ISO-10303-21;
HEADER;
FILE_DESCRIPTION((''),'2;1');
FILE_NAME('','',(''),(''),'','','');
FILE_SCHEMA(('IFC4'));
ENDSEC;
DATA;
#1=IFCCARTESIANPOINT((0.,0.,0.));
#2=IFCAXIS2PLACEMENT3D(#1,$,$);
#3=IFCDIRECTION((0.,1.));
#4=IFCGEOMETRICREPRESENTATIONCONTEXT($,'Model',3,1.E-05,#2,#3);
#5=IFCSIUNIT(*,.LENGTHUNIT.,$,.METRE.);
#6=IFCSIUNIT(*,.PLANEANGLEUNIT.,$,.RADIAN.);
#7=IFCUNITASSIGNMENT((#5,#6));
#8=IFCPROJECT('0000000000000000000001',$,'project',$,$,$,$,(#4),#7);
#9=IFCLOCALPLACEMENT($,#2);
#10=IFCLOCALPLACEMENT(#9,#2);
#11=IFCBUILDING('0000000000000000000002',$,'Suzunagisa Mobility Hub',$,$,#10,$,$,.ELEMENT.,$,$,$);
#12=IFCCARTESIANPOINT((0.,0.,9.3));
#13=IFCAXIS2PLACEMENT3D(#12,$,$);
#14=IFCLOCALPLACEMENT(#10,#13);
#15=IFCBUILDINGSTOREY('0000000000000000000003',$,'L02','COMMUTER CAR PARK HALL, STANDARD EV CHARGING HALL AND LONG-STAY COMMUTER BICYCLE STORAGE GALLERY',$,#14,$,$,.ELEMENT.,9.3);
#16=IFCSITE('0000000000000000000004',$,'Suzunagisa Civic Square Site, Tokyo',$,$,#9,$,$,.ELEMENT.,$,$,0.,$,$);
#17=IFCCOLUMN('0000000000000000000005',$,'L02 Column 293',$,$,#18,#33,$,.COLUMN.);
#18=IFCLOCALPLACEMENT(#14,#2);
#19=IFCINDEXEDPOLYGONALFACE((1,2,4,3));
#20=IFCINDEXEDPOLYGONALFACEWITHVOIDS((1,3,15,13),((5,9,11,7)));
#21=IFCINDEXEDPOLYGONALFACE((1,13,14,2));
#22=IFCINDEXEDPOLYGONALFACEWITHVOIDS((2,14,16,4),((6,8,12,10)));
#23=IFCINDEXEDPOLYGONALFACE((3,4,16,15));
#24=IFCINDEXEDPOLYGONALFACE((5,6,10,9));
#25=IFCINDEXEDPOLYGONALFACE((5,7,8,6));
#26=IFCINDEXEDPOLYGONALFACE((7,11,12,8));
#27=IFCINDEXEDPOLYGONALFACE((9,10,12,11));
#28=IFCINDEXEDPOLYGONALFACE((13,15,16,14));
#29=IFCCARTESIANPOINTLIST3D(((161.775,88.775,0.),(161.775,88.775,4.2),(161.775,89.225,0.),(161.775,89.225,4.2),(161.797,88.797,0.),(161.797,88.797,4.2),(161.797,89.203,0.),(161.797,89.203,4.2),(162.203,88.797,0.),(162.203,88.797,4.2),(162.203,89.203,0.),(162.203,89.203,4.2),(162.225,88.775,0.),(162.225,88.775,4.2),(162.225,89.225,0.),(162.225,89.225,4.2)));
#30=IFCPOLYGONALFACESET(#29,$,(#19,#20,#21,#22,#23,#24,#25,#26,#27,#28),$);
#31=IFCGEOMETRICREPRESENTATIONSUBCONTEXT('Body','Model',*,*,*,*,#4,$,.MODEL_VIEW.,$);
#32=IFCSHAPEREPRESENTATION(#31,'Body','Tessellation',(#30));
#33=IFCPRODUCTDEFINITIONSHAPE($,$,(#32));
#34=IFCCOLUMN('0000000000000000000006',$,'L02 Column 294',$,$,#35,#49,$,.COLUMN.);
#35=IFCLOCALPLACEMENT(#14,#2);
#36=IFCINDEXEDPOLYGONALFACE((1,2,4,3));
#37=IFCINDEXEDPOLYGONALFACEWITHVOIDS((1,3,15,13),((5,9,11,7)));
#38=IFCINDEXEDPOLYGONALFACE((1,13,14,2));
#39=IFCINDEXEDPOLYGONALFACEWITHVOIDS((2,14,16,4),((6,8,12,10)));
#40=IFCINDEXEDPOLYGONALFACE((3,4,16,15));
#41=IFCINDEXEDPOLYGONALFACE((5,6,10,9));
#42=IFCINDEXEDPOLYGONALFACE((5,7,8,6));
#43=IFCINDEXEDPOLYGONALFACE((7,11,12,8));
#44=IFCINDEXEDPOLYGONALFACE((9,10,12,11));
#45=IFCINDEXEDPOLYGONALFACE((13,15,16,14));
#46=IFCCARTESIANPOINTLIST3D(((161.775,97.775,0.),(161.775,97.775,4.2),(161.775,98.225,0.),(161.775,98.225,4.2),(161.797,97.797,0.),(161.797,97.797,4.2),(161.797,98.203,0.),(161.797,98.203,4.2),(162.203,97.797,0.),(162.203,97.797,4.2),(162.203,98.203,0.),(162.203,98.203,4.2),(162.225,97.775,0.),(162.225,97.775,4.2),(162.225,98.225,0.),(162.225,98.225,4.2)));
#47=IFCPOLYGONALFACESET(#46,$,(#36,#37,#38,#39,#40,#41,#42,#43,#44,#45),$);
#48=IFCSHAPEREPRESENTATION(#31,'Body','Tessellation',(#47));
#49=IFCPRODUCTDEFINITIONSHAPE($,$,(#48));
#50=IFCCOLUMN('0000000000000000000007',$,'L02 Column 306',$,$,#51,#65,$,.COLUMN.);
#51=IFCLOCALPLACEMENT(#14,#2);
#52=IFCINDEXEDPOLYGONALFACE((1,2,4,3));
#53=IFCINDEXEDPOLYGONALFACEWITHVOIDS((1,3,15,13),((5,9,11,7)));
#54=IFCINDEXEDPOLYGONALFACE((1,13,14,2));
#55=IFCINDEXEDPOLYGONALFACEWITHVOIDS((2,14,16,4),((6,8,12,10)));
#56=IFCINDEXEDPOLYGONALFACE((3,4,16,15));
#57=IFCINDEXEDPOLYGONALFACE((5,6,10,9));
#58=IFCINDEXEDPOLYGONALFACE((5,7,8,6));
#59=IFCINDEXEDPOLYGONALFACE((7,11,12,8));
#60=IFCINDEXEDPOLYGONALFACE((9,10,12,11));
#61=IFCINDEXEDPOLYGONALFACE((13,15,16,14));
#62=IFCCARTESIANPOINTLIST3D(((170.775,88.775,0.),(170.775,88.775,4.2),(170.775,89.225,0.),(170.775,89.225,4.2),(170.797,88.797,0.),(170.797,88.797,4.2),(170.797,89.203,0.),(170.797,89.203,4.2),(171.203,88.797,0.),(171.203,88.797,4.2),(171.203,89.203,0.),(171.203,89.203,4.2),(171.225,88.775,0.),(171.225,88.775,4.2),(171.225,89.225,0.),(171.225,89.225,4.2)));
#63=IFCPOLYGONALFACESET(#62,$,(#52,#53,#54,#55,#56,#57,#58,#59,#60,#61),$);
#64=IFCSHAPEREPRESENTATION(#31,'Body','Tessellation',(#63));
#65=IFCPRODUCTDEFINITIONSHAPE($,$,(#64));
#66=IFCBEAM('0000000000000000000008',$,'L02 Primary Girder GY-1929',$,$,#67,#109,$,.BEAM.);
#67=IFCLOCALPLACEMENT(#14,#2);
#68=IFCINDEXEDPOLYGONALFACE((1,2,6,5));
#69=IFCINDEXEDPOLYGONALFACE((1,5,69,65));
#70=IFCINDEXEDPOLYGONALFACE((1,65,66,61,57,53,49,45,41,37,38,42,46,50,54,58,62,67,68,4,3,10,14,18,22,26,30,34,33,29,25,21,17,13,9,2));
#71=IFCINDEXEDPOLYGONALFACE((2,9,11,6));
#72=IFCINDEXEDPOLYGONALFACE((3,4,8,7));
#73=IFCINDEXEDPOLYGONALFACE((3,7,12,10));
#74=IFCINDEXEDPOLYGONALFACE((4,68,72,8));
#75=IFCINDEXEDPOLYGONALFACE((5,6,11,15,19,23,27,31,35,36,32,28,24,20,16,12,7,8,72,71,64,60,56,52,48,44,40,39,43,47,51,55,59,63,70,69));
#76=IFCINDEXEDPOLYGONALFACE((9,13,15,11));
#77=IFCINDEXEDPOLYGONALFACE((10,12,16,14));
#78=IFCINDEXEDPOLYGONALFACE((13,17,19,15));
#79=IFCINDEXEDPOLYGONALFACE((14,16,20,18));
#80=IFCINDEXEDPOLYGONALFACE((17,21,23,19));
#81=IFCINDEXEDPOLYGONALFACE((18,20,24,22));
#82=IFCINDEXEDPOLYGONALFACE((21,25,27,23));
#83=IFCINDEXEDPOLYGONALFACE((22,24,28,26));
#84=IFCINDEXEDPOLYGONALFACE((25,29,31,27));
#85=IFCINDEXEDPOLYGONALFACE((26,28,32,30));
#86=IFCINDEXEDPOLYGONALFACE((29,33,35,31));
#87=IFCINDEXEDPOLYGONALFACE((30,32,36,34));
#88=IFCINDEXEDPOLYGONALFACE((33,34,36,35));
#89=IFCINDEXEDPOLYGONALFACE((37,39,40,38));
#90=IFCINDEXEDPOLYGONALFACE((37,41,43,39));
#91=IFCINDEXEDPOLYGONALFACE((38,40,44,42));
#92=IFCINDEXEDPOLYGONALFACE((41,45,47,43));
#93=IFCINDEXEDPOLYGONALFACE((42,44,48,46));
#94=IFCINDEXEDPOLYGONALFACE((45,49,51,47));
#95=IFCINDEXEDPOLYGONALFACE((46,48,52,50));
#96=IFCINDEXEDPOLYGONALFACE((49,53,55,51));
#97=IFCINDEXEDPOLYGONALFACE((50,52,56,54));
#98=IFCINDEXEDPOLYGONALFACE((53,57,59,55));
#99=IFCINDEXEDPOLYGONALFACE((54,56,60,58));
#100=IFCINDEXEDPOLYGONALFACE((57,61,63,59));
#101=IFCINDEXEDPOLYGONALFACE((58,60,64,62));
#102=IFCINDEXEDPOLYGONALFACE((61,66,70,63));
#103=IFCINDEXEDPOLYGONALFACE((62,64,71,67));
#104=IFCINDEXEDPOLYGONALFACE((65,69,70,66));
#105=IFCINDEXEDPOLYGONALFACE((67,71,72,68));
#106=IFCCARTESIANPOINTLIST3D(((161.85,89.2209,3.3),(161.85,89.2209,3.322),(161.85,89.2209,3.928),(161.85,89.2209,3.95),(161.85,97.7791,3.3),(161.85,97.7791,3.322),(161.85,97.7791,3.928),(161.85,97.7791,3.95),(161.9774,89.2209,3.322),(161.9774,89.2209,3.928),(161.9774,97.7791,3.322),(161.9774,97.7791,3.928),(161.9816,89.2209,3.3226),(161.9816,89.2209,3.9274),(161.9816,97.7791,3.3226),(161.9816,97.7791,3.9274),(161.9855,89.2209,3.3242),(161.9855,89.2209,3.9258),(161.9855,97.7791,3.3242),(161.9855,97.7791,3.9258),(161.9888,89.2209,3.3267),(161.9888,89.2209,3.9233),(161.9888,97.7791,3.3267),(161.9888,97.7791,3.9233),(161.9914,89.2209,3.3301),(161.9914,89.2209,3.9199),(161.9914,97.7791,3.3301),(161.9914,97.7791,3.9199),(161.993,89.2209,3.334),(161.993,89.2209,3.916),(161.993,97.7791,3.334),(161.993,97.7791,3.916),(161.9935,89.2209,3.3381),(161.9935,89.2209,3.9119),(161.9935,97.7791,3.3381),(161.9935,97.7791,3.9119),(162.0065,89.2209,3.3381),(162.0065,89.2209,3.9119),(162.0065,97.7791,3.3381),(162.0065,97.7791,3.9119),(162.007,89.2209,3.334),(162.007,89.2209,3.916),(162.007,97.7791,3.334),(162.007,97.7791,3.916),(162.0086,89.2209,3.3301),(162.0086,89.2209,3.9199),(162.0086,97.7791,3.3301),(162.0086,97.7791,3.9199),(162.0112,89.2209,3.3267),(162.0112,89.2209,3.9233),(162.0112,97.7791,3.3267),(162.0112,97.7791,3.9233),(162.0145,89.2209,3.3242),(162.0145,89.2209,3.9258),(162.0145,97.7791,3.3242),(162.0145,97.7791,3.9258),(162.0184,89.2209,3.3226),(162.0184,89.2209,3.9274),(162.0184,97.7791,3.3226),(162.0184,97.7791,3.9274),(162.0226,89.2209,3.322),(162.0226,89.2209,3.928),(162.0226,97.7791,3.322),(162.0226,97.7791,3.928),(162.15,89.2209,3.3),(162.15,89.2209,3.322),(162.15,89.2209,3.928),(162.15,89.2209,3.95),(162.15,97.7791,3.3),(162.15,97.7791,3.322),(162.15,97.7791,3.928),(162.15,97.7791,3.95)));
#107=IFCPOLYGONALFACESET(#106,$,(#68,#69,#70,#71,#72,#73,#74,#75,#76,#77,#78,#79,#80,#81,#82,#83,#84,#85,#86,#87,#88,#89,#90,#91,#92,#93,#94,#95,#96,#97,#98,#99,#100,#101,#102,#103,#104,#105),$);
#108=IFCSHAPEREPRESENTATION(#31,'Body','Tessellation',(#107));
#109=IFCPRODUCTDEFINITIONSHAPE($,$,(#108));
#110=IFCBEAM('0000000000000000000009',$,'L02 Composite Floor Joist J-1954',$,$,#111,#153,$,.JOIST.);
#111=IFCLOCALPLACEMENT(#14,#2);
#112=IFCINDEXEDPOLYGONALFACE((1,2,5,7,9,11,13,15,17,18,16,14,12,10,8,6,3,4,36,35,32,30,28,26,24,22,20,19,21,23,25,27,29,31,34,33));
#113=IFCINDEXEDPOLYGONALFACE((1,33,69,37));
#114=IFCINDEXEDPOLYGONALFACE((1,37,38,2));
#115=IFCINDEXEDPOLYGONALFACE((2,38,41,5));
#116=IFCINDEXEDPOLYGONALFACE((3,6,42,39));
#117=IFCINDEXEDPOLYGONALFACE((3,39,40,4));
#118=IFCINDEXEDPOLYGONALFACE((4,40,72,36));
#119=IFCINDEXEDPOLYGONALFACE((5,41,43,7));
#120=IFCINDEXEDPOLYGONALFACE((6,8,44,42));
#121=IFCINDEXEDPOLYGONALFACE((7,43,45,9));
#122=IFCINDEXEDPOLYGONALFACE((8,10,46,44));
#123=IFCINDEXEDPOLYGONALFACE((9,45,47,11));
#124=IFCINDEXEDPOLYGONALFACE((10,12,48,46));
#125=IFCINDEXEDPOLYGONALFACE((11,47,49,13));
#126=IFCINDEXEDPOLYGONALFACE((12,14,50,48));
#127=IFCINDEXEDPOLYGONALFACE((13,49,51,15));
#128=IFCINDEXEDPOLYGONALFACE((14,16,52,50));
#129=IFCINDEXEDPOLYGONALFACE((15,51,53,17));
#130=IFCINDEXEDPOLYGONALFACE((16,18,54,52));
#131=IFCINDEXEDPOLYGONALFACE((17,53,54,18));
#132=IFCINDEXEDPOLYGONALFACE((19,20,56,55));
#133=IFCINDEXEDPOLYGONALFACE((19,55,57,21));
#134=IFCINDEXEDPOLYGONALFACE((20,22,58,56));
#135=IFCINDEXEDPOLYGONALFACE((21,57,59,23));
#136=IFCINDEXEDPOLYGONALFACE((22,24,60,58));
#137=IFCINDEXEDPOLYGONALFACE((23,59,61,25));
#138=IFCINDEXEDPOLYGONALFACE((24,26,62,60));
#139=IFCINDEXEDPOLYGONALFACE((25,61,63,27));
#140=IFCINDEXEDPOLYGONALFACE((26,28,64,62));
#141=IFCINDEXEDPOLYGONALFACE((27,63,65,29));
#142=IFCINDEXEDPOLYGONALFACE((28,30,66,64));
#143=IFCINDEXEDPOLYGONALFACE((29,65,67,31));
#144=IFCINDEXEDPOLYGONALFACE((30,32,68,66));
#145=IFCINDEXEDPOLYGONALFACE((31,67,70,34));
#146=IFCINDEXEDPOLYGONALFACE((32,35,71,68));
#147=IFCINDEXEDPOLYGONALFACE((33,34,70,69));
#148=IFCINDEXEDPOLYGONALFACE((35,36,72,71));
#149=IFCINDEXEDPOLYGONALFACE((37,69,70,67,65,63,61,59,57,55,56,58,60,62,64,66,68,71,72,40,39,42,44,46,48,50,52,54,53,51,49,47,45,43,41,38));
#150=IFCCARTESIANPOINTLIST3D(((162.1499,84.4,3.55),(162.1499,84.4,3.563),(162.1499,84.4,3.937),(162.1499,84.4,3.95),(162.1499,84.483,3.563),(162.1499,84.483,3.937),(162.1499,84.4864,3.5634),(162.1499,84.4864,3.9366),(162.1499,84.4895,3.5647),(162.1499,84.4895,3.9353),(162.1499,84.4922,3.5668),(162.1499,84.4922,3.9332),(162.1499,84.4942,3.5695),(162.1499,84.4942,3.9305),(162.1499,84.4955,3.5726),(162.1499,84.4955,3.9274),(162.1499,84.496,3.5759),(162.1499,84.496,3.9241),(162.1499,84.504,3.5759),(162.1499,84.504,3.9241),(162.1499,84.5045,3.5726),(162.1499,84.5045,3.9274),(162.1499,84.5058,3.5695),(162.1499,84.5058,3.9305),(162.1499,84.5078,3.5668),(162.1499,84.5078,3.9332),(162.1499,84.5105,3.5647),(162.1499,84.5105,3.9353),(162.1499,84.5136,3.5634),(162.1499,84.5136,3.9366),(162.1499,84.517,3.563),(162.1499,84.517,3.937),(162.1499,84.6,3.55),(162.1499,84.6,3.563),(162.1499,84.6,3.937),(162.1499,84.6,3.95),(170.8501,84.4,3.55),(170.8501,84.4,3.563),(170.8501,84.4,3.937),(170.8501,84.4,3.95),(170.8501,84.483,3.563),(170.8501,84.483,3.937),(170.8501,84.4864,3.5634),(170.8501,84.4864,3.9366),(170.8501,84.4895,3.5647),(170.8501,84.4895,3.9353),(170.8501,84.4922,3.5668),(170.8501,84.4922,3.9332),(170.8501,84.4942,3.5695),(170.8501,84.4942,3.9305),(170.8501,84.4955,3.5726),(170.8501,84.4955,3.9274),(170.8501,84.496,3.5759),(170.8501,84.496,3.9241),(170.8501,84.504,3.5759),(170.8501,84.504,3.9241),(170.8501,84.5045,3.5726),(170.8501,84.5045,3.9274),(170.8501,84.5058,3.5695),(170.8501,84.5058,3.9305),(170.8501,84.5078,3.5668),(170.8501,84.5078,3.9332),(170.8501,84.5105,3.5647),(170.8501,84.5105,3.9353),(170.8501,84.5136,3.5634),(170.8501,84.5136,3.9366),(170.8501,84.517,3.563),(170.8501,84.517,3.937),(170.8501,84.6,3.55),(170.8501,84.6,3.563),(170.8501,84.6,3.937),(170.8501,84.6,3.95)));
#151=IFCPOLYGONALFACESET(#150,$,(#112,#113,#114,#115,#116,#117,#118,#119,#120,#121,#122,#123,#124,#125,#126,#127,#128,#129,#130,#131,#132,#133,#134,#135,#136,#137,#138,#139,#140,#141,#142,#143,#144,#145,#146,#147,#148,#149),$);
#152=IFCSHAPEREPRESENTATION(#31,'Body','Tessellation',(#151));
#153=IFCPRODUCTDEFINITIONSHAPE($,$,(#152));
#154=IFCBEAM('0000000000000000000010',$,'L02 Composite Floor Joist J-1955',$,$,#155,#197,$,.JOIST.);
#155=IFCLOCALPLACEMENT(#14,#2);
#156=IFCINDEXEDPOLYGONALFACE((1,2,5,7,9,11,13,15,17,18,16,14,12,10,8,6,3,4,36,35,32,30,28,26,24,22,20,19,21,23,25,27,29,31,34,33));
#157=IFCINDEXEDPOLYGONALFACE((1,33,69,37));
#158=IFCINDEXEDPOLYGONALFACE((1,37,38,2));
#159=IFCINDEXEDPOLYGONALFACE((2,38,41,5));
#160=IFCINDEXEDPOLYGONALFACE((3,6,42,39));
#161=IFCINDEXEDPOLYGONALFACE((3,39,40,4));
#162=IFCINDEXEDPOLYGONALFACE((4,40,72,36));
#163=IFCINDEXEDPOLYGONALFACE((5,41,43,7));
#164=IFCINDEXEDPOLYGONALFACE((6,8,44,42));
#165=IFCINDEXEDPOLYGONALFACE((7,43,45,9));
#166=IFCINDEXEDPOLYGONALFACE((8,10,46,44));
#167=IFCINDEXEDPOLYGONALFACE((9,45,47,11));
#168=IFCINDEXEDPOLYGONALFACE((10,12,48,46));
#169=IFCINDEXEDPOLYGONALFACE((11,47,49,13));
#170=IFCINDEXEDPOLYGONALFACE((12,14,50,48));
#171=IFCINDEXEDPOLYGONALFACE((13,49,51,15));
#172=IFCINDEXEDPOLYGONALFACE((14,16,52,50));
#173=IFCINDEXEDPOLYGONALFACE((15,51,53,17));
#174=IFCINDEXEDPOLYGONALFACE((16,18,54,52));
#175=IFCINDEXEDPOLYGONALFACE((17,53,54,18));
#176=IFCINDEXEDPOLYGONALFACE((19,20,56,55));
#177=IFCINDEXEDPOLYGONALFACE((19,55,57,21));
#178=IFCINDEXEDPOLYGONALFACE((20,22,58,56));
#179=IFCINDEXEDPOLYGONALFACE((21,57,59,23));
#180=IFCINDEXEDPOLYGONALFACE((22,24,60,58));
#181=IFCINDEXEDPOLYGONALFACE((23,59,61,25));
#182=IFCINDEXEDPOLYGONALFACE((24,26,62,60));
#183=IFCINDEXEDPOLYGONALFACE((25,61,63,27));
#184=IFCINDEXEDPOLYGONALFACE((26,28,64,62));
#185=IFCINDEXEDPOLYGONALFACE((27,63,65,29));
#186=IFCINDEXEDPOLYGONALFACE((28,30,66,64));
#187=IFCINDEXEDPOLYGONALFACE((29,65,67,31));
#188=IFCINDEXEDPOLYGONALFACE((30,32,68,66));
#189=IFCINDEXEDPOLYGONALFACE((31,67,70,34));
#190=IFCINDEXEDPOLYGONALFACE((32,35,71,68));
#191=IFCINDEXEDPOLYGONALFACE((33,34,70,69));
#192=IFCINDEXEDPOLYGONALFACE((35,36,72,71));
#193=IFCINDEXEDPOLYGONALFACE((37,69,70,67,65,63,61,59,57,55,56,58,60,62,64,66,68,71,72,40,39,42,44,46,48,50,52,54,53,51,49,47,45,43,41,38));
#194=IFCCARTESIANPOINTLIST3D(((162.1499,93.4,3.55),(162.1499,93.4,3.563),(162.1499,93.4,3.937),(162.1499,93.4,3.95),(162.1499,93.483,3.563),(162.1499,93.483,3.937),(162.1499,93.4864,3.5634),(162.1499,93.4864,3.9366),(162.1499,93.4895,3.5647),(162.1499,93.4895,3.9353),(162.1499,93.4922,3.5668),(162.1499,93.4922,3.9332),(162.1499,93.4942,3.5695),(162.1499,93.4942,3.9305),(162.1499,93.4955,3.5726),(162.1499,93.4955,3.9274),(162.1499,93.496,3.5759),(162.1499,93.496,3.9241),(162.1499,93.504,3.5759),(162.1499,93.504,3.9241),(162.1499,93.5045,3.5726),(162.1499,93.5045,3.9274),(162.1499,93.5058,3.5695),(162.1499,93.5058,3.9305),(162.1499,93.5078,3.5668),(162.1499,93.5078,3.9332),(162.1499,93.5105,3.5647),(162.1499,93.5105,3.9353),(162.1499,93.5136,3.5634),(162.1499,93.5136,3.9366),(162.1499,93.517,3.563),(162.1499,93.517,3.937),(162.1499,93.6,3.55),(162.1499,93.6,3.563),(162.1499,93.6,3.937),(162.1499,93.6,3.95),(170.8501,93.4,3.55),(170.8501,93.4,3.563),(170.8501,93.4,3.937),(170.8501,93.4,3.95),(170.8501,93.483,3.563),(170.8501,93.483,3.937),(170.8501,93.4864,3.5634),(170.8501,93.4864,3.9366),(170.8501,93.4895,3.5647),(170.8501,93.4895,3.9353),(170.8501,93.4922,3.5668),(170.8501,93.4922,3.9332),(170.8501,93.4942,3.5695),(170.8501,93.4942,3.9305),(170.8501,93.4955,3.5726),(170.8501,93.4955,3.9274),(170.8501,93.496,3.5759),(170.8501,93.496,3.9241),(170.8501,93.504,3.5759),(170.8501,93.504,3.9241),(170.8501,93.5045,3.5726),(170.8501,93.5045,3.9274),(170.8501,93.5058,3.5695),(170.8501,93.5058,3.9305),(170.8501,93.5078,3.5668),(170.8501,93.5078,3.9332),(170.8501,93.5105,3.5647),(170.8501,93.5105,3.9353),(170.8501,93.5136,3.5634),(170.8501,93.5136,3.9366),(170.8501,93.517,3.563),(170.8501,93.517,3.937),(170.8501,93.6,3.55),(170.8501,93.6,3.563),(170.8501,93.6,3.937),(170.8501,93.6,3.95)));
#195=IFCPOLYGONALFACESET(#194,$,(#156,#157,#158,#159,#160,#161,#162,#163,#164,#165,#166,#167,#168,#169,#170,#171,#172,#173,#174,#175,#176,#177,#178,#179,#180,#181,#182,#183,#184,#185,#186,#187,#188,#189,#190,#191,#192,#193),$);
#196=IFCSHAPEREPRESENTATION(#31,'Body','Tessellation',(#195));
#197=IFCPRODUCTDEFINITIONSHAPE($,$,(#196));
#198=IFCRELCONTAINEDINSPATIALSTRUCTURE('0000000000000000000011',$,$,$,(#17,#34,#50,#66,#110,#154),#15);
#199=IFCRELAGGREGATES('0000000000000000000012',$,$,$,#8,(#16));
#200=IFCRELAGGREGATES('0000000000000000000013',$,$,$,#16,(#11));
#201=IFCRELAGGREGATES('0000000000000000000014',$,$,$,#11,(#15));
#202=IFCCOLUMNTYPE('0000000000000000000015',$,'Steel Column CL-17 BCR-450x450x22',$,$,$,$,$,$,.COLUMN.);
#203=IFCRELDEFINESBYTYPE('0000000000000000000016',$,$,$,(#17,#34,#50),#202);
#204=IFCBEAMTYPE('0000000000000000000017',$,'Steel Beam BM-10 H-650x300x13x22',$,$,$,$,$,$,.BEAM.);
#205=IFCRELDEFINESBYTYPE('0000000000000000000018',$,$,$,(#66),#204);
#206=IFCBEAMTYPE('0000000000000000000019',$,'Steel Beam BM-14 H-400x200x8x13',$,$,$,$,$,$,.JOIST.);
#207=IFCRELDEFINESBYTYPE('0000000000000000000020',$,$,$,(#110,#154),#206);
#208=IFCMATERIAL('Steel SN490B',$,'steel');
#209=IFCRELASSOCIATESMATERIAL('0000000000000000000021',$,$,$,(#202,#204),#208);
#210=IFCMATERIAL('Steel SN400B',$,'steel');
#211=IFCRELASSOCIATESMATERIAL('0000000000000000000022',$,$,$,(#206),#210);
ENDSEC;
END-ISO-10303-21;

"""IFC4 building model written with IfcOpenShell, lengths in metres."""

from ifc_helpers import new_model, si_unit, direction, frame, origin, origin_2d, place, context, subcontext, project, spatial, hollow_rectangle, i_section, extrude, material, material_profile, profile_set, type_object, element, save


model = new_model("IFC4")

# Units and contexts
model_context = context("Model", 3, precision=1e-05, world=origin(), true_north=direction((0.0, 1.0)))
body_context = subcontext(model_context, "Body", "Model", "MODEL_VIEW")
ifc_project = project(units=[si_unit("LENGTHUNIT", "METRE"), si_unit("PLANEANGLEUNIT", "RADIAN")], contexts=[model_context])

# Site, building, storey
site_placement = place(None, origin())
site = spatial("IfcSite", under=ifc_project, at=site_placement, Name="Suzunagisa Civic Square Site, Tokyo", CompositionType="ELEMENT", RefElevation=0.0)
building_placement = place(site_placement, origin())
building = spatial("IfcBuilding", under=site, at=building_placement, Name="Suzunagisa Mobility Hub", CompositionType="ELEMENT")
storey_placement = place(building_placement, frame((0.0, 0.0, 9.3)))
storey = spatial("IfcBuildingStorey", under=building, at=storey_placement, Name="L02", Description="COMMUTER CAR PARK HALL, STANDARD EV CHARGING HALL AND LONG-STAY COMMUTER BICYCLE STORAGE GALLERY", CompositionType="ELEMENT", Elevation=9.3)

# Columns
ifc_material_1 = material(Name="Steel SN490B", Category="steel")
ifc_material_profile_1 = material_profile(ifc_material_1, hollow_rectangle(XDim=0.45, YDim=0.45, WallThickness=0.022, at=origin_2d()), Name="BCR-450x450x22")
ifc_profile_set_1 = profile_set([ifc_material_profile_1], Name="Steel SN490B")
column_type = type_object("IfcColumnType", Name="Steel Column CL-17 BCR-450x450x22", PredefinedType="COLUMN", material=ifc_profile_set_1)
for number, where, z_axis, x_axis, name in (
    (1, (162.0, 89.0, 0.0), (0.0, 0.0, 1.0), (1.0, 0.0, 0.0), "L02 Column 293"),
    (2, (162.0, 98.0, 0.0), (0.0, 0.0, 1.0), (1.0, 0.0, 0.0), "L02 Column 294"),
    (3, (171.0, 89.0, 0.0), (0.0, 0.0, 1.0), (1.0, 0.0, 0.0), "L02 Column 306"),
):
    element("IfcColumn", number, at=place(storey_placement, frame(where, z_axis=z_axis, x_axis=x_axis)), inside=storey, type_object=column_type, Name=name, PredefinedType="COLUMN", context=body_context, shape_type="SweptSolid", body=[
        extrude(hollow_rectangle(XDim=0.45, YDim=0.45, WallThickness=0.022, at=origin_2d()), origin(), (0.0, 0.0, 1.0), 4.2),
    ])

# Beams
ifc_material_profile_2 = material_profile(ifc_material_1, i_section(OverallWidth=0.3, OverallDepth=0.6499, WebThickness=0.0129, FlangeThickness=0.022, FilletRadius=0.0161, at=origin_2d()), Name="H-650x300x13x22")
ifc_profile_set_2 = profile_set([ifc_material_profile_2], Name="Steel SN490B")
beam_type_1 = type_object("IfcBeamType", Name="Steel Beam BM-10 H-650x300x13x22", PredefinedType="BEAM", material=ifc_profile_set_2)
beam_placement = place(storey_placement, frame((162.0, 89.2209, 3.625), z_axis=(0.0, 1.0, 0.0), x_axis=(-1.0, 0.0, 0.0)))
element("IfcBeam", 4, at=beam_placement, inside=storey, type_object=beam_type_1, Name="L02 Primary Girder GY-1929", PredefinedType="BEAM", context=body_context, shape_type="SweptSolid", body=[
    extrude(i_section(OverallWidth=0.3, OverallDepth=0.6499, WebThickness=0.0129, FlangeThickness=0.022, FilletRadius=0.0161, at=origin_2d()), origin(), (0.0, 0.0, 1.0), 8.5581),
])
ifc_material_2 = material(Name="Steel SN400B", Category="steel")
ifc_material_profile_3 = material_profile(ifc_material_2, i_section(OverallWidth=0.2, OverallDepth=0.3999, WebThickness=0.0081, FlangeThickness=0.0129, FilletRadius=0.0129, at=origin_2d()), Name="H-400x200x8x13")
ifc_profile_set_3 = profile_set([ifc_material_profile_3], Name="Steel SN400B")
beam_type_2 = type_object("IfcBeamType", Name="Steel Beam BM-14 H-400x200x8x13", PredefinedType="JOIST", material=ifc_profile_set_3)
for number, where, z_axis, x_axis, name in (
    (5, (162.1499, 84.5, 3.75), (1.0, 0.0, 0.0), (0.0, 1.0, 0.0), "L02 Composite Floor Joist J-1954"),
    (6, (162.1499, 93.5, 3.75), (1.0, 0.0, 0.0), (0.0, 1.0, 0.0), "L02 Composite Floor Joist J-1955"),
):
    element("IfcBeam", number, at=place(storey_placement, frame(where, z_axis=z_axis, x_axis=x_axis)), inside=storey, type_object=beam_type_2, Name=name, PredefinedType="JOIST", context=body_context, shape_type="SweptSolid", body=[
        extrude(i_section(OverallWidth=0.2, OverallDepth=0.3999, WebThickness=0.0081, FlangeThickness=0.0129, FilletRadius=0.0129, at=origin_2d()), origin(), (0.0, 0.0, 1.0), 8.7002),
    ])

save(model, "model.ifc")
